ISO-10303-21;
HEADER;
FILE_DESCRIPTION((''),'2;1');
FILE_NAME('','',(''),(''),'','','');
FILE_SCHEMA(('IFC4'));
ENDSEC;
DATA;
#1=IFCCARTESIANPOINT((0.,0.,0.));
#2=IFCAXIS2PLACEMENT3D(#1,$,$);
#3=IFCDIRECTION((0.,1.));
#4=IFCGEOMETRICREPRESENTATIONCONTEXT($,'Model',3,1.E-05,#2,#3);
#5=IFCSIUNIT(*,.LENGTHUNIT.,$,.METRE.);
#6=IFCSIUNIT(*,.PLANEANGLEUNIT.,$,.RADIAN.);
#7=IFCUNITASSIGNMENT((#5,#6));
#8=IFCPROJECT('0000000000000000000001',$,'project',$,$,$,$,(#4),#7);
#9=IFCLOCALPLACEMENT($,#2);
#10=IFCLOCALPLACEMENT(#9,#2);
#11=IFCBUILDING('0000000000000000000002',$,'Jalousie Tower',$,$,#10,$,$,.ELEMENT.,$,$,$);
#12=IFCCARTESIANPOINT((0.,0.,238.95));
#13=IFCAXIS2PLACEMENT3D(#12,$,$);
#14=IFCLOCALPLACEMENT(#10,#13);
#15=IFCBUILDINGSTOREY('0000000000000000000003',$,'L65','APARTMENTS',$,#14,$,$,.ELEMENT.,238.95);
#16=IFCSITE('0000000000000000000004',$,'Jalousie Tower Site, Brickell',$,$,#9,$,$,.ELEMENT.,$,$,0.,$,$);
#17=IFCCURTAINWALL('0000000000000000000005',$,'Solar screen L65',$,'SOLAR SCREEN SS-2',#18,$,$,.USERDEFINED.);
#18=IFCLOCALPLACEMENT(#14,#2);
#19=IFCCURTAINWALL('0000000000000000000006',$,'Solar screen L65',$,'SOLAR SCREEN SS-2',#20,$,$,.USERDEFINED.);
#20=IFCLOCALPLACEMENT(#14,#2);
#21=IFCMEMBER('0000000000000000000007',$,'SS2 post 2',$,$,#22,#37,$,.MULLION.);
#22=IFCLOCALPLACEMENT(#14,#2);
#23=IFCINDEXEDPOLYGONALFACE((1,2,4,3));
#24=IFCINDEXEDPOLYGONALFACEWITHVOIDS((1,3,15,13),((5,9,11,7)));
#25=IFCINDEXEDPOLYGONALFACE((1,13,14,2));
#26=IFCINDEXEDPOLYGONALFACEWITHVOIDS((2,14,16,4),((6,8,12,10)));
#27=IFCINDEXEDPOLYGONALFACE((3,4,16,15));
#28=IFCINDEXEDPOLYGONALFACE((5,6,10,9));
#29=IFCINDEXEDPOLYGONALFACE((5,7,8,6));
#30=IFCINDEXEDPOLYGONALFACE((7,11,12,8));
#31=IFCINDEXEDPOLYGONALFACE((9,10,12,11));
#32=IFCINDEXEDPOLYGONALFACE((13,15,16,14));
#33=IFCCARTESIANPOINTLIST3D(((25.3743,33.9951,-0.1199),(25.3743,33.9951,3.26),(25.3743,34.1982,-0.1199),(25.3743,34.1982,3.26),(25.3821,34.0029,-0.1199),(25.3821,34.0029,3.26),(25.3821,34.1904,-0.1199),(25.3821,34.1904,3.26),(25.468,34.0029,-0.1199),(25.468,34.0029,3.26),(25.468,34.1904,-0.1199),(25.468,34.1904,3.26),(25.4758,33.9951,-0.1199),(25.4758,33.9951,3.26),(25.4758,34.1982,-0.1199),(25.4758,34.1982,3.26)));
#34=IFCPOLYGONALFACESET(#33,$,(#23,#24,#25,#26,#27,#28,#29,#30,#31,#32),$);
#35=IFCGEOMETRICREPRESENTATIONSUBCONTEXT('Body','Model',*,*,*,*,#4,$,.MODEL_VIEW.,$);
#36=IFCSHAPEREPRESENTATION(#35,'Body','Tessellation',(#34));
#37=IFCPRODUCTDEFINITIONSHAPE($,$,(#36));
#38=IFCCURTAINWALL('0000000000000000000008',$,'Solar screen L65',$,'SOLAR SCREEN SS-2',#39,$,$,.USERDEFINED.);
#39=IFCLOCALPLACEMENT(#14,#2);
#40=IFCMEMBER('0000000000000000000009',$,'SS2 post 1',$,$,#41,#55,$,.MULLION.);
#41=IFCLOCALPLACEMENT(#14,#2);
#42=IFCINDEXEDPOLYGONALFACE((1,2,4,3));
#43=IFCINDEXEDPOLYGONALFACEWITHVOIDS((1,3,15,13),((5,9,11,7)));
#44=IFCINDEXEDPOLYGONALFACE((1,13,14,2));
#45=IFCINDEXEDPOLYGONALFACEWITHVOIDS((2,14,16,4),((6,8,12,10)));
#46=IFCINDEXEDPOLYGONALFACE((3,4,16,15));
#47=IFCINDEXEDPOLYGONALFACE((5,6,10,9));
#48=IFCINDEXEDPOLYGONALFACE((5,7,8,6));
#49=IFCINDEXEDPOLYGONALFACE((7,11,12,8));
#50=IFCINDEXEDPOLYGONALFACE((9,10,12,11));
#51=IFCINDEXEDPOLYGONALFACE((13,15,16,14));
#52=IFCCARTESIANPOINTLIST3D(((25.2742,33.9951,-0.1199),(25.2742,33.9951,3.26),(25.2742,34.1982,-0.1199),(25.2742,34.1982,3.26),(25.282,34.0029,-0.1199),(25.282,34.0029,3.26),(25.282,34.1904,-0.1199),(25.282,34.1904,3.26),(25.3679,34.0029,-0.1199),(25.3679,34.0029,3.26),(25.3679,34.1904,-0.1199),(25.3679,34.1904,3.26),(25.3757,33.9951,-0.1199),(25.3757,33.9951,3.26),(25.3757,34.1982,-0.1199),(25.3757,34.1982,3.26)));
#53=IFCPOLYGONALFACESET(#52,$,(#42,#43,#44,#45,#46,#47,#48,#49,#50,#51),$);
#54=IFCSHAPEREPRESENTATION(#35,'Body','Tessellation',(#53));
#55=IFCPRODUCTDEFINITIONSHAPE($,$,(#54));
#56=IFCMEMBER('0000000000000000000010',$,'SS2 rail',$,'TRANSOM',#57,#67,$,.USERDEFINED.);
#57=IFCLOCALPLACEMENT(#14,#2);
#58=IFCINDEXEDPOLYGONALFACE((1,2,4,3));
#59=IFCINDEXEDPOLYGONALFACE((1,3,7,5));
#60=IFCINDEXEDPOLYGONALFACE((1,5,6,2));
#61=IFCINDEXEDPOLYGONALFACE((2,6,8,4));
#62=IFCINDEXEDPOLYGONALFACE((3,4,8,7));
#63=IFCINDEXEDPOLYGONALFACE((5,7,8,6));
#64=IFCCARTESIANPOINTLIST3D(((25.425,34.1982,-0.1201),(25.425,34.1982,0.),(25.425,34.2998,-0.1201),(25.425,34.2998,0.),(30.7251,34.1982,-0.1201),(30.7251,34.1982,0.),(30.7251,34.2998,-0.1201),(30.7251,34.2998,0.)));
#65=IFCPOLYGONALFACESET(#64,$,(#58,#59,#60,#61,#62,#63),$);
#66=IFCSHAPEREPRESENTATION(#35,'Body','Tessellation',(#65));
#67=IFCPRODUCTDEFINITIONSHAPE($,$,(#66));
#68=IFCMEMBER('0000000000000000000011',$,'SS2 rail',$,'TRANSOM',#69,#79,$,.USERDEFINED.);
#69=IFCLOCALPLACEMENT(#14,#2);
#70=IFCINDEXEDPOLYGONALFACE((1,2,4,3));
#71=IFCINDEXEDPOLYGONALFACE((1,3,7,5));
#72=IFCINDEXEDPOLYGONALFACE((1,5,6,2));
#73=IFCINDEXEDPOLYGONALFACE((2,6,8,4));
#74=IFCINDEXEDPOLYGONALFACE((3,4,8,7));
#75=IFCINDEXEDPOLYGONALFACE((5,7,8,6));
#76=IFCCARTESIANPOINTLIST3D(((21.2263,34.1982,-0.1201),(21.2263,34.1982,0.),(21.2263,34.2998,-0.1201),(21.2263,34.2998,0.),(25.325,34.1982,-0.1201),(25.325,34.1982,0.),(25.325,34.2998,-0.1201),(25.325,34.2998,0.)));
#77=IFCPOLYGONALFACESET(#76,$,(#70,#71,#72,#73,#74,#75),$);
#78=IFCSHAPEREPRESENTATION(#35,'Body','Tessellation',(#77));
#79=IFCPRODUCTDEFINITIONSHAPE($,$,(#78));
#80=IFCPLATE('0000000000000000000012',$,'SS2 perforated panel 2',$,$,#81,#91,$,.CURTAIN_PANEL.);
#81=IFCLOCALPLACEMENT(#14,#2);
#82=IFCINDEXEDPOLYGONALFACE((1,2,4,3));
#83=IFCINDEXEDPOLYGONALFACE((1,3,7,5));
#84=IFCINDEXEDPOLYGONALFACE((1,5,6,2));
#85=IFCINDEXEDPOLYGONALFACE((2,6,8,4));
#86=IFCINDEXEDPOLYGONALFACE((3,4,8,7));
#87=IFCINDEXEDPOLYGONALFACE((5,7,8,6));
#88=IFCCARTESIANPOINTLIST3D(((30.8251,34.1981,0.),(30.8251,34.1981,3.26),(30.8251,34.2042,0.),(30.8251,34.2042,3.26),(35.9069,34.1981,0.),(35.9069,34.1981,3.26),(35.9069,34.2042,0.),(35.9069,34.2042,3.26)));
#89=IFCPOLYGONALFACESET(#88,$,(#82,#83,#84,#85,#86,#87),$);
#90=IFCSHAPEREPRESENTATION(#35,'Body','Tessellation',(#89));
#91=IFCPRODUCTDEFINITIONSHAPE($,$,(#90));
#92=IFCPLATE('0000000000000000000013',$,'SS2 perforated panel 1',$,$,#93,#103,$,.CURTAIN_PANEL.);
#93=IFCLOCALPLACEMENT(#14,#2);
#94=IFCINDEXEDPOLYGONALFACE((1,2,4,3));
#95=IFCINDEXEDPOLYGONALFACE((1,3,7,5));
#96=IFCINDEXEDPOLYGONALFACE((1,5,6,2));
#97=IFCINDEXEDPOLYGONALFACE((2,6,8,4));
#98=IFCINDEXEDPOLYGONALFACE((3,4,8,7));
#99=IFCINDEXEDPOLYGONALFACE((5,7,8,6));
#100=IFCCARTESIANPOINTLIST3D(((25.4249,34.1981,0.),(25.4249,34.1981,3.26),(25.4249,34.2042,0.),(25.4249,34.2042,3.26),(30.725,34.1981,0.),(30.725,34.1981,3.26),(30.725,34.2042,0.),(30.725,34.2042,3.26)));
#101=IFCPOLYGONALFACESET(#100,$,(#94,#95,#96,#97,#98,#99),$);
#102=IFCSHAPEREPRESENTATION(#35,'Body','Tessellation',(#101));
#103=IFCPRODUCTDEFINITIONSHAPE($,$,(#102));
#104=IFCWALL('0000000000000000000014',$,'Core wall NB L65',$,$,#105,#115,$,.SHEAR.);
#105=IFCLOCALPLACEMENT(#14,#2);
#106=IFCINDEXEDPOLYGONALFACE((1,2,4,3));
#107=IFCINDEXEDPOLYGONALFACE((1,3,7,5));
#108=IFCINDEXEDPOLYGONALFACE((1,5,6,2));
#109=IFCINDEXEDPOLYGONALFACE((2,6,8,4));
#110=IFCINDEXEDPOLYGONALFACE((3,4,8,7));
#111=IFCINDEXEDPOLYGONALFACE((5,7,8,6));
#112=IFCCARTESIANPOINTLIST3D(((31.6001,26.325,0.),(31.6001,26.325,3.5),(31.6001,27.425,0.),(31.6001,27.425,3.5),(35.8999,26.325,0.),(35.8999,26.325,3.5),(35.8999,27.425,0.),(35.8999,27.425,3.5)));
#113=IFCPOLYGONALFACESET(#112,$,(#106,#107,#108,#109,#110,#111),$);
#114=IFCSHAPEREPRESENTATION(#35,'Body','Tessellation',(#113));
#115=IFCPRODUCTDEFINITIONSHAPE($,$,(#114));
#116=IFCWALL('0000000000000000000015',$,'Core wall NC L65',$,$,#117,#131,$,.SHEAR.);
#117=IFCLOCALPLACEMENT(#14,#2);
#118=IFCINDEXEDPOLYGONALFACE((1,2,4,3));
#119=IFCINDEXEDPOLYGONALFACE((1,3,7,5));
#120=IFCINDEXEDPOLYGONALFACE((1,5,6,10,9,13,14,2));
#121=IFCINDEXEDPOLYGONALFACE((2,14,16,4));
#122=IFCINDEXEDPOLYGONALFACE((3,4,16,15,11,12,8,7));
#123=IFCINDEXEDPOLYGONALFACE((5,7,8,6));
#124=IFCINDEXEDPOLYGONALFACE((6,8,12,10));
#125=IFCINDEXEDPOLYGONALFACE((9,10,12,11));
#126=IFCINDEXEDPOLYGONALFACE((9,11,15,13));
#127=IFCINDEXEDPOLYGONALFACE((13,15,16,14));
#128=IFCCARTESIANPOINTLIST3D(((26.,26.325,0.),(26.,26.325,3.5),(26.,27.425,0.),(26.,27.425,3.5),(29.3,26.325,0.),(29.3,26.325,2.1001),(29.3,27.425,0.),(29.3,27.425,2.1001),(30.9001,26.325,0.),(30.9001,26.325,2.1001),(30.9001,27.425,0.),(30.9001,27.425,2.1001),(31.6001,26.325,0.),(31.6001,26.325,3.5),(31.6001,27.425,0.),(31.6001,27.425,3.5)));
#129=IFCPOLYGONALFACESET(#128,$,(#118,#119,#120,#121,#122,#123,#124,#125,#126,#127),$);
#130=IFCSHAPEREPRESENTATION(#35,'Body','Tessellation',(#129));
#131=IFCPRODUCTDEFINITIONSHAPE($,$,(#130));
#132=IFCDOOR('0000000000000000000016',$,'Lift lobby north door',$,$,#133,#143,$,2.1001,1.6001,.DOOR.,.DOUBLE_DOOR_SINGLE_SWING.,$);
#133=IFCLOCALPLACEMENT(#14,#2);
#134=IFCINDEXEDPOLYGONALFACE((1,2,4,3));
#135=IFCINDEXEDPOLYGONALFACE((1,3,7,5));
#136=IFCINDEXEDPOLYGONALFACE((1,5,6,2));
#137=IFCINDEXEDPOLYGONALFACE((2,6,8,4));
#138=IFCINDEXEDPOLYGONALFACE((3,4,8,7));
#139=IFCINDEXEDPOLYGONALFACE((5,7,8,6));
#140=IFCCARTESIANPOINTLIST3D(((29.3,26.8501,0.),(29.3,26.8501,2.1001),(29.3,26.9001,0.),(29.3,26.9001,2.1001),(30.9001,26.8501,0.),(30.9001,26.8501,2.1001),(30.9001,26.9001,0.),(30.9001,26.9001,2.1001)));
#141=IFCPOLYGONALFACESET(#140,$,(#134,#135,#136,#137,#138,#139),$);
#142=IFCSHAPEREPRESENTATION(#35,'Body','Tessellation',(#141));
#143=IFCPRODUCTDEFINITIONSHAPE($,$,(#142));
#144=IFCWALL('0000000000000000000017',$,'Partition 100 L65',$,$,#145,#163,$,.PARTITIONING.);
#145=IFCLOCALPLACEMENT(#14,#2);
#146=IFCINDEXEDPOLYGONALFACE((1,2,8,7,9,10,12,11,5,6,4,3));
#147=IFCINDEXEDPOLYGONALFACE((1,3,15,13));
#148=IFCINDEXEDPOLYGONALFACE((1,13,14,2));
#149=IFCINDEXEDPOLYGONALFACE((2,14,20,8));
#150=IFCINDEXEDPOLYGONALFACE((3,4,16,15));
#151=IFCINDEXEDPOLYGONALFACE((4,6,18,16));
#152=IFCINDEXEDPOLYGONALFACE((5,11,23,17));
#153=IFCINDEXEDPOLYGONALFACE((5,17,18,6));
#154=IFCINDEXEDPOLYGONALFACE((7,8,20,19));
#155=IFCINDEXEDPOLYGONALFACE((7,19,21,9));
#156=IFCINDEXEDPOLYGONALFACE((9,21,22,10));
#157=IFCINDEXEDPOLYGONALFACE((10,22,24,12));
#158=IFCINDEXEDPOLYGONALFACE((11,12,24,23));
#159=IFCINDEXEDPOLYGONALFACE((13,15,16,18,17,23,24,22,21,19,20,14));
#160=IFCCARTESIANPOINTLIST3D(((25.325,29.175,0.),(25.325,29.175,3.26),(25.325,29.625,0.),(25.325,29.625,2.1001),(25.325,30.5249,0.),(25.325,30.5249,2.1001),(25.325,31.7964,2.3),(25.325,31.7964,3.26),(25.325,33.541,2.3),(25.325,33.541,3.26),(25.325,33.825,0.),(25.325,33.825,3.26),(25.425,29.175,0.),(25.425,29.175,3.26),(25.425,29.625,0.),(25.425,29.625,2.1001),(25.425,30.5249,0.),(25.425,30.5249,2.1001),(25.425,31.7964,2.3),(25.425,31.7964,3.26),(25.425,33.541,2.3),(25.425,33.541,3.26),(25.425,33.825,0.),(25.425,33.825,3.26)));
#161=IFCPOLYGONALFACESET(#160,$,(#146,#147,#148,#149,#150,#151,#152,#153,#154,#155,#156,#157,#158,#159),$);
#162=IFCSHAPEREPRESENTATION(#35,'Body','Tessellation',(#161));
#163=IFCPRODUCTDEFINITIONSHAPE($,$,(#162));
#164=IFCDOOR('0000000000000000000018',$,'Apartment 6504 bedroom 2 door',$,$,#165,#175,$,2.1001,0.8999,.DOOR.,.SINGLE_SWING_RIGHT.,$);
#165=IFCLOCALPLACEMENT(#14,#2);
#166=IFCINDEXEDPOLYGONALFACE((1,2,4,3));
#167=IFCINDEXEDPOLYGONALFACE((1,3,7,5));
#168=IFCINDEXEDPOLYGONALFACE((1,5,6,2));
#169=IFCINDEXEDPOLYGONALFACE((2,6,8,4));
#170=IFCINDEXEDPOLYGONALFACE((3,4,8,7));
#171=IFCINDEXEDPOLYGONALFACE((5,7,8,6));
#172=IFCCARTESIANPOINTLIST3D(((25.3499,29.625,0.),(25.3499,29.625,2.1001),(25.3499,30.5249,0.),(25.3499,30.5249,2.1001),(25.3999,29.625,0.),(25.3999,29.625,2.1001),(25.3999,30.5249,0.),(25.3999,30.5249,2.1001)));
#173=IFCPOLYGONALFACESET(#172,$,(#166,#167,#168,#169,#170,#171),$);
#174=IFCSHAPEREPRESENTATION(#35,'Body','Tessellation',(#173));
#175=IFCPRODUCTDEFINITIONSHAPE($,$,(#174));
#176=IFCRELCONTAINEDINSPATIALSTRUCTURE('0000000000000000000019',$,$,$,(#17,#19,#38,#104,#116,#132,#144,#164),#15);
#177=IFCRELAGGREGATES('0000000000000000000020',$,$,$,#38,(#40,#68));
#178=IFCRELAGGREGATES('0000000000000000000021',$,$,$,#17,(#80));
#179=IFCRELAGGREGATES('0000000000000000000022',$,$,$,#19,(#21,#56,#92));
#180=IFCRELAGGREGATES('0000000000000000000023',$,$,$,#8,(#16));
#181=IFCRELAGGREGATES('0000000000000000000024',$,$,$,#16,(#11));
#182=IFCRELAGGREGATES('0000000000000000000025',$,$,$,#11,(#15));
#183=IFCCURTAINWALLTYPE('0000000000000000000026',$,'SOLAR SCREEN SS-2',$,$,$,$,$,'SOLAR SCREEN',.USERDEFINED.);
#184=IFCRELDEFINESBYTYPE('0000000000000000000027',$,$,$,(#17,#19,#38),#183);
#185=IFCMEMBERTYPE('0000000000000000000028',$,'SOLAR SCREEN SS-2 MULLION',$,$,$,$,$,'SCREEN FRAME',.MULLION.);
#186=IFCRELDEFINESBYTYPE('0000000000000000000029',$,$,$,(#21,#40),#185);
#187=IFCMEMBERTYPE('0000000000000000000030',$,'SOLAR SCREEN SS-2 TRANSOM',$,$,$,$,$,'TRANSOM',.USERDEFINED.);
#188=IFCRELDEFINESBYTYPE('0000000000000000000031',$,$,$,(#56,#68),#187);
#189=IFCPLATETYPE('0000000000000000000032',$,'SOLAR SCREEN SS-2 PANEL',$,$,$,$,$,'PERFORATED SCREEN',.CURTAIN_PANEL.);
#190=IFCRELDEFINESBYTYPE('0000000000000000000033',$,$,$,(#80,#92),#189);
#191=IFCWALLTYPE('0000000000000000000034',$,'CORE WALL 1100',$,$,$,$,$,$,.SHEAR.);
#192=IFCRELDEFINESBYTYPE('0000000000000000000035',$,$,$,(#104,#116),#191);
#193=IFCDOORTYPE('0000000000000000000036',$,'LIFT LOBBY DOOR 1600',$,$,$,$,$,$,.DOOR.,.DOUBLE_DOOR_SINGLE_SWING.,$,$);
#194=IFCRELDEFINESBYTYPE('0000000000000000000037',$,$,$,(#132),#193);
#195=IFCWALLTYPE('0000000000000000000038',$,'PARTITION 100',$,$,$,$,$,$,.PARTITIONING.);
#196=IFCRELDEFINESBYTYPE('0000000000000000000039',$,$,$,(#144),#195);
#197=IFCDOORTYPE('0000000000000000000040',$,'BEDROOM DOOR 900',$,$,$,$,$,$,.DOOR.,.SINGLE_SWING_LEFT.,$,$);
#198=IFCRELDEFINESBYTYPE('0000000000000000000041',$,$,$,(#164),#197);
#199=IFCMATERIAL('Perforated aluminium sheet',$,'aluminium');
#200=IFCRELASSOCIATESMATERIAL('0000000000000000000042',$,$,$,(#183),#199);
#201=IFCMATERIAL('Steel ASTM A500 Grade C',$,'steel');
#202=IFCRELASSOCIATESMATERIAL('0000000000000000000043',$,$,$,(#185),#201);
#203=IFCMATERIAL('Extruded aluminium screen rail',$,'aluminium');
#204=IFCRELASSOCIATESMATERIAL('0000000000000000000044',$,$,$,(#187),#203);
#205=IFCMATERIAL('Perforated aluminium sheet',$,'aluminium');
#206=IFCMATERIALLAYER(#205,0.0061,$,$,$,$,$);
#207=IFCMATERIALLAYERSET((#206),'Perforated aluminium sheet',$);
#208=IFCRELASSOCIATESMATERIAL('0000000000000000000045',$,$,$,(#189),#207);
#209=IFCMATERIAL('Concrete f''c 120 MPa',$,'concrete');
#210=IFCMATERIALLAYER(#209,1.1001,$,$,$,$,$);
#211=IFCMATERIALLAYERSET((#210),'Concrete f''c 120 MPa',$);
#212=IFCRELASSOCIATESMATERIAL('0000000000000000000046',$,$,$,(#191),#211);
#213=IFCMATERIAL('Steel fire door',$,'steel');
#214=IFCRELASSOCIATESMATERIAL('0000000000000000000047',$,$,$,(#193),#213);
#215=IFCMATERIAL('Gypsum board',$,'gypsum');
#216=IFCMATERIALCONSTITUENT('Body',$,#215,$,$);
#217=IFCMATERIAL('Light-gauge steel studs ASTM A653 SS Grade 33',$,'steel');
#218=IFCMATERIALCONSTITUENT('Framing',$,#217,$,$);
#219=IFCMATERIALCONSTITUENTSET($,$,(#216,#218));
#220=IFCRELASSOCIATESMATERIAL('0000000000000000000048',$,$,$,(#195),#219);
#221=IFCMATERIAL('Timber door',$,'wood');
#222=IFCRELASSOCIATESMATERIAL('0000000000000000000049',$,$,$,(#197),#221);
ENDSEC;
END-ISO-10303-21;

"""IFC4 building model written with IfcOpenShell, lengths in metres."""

from ifc_helpers import new_model, si_unit, direction, frame, frame_2d, origin, origin_2d, place, context, subcontext, project, spatial, polyline, rectangle, hollow_rectangle, outline, extrude, material, layer, layer_set, constituent, constituent_set, material_profile, profile_set, type_object, element, fill, aggregate, save


model = new_model("IFC4")

# Units and contexts
model_context = context("Model", 3, precision=1e-05, world=origin(), true_north=direction((0.0, 1.0)))
body_context = subcontext(model_context, "Body", "Model", "MODEL_VIEW")
ifc_project = project(units=[si_unit("LENGTHUNIT", "METRE"), si_unit("PLANEANGLEUNIT", "RADIAN")], contexts=[model_context])

# Site, building, storey
site_placement = place(None, origin())
site = spatial("IfcSite", under=ifc_project, at=site_placement, Name="Jalousie Tower Site, Brickell", CompositionType="ELEMENT", RefElevation=0.0)
building_placement = place(site_placement, origin())
building = spatial("IfcBuilding", under=site, at=building_placement, Name="Jalousie Tower", CompositionType="ELEMENT")
storey_placement = place(building_placement, frame((0.0, 0.0, 238.95)))
storey = spatial("IfcBuildingStorey", under=building, at=storey_placement, Name="L65", Description="APARTMENTS", CompositionType="ELEMENT", Elevation=238.95)

# Curtain walls, member
ifc_material_1 = material(Name="Perforated aluminium sheet", Category="aluminium")
curtain_wall_type = type_object("IfcCurtainWallType", Name="SOLAR SCREEN SS-2", ElementType="SOLAR SCREEN", PredefinedType="USERDEFINED", material=ifc_material_1)
curtain_wall_1_placement = place(storey_placement, origin())
curtain_wall_1 = element("IfcCurtainWall", 1, at=curtain_wall_1_placement, inside=storey, type_object=curtain_wall_type, Name="Solar screen L65", ObjectType="SOLAR SCREEN SS-2", PredefinedType="USERDEFINED")
ifc_material_2 = material(Name="Steel ASTM A500 Grade C", Category="steel")
ifc_material_profile_1 = material_profile(ifc_material_2, hollow_rectangle(XDim=0.1016, YDim=0.2031, WallThickness=0.0078, at=origin_2d()), Name="HSS8X4X5/16")
ifc_profile_set_1 = profile_set([ifc_material_profile_1], Name="Steel ASTM A500 Grade C")
member_type_1 = type_object("IfcMemberType", Name="SOLAR SCREEN SS-2 MULLION", ElementType="SCREEN FRAME", PredefinedType="MULLION", material=ifc_profile_set_1)
curtain_wall_2_placement = place(storey_placement, origin())
curtain_wall_2 = element("IfcCurtainWall", 2, at=curtain_wall_2_placement, inside=storey, type_object=curtain_wall_type, Name="Solar screen L65", ObjectType="SOLAR SCREEN SS-2", PredefinedType="USERDEFINED")
member_1_placement = place(storey_placement, frame((25.425, 34.0967, -0.1199), z_axis=(0.0, 0.0, 1.0), x_axis=(-1.0, 0.0, 0.0)))
member_1 = element("IfcMember", 3, at=member_1_placement, type_object=member_type_1, Name="SS2 post 2", PredefinedType="MULLION", context=body_context, shape_type="SweptSolid", body=[
    extrude(hollow_rectangle(XDim=0.1016, YDim=0.2031, WallThickness=0.0078, at=origin_2d()), origin(), (0.0, 0.0, 1.0), 3.3799),
])

# Curtain wall, member
curtain_wall_3_placement = place(storey_placement, origin())
curtain_wall_3 = element("IfcCurtainWall", 4, at=curtain_wall_3_placement, inside=storey, type_object=curtain_wall_type, Name="Solar screen L65", ObjectType="SOLAR SCREEN SS-2", PredefinedType="USERDEFINED")
member_2_placement = place(storey_placement, frame((25.325, 34.0967, -0.1199), z_axis=(0.0, 0.0, 1.0), x_axis=(-1.0, 0.0, 0.0)))
member_2 = element("IfcMember", 5, at=member_2_placement, type_object=member_type_1, Name="SS2 post 1", PredefinedType="MULLION", context=body_context, shape_type="SweptSolid", body=[
    extrude(hollow_rectangle(XDim=0.1016, YDim=0.2031, WallThickness=0.0078, at=origin_2d()), origin(), (0.0, 0.0, 1.0), 3.3799),
])

# Members
ifc_material_3 = material(Name="Extruded aluminium screen rail", Category="aluminium")
ifc_material_profile_2 = material_profile(ifc_material_3, rectangle(XDim=0.1016, YDim=0.1201, at=origin_2d()), Name="RAIL 102x120")
ifc_profile_set_2 = profile_set([ifc_material_profile_2], Name="Extruded aluminium screen rail")
member_type_2 = type_object("IfcMemberType", Name="SOLAR SCREEN SS-2 TRANSOM", ElementType="TRANSOM", PredefinedType="USERDEFINED", material=ifc_profile_set_2)
member_3_placement = place(storey_placement, frame((30.7251, 34.249, -0.0601), z_axis=(-1.0, 0.0, 0.0), x_axis=(0.0, -1.0, 0.0)))
member_3 = element("IfcMember", 6, at=member_3_placement, type_object=member_type_2, Name="SS2 rail", ObjectType="TRANSOM", PredefinedType="USERDEFINED", context=body_context, shape_type="SweptSolid", body=[
    extrude(rectangle(XDim=0.1016, YDim=0.1201, at=origin_2d()), origin(), (0.0, 0.0, 1.0), 5.3),
])
member_4_placement = place(storey_placement, frame((25.325, 34.249, -0.0601), z_axis=(-1.0, 0.0, 0.0), x_axis=(0.0, -1.0, 0.0)))
member_4 = element("IfcMember", 7, at=member_4_placement, type_object=member_type_2, Name="SS2 rail", ObjectType="TRANSOM", PredefinedType="USERDEFINED", context=body_context, shape_type="SweptSolid", body=[
    extrude(rectangle(XDim=0.1016, YDim=0.1201, at=origin_2d()), origin(), (0.0, 0.0, 1.0), 4.0986),
])
aggregate(curtain_wall_3, [member_2, member_4])

# Plates
ifc_material_4 = material(Name="Perforated aluminium sheet", Category="aluminium")
ifc_layer_1 = layer(ifc_material_4, 0.0061)
ifc_layer_set_1 = layer_set([ifc_layer_1], Name="Perforated aluminium sheet")
plate_type = type_object("IfcPlateType", Name="SOLAR SCREEN SS-2 PANEL", ElementType="PERFORATED SCREEN", PredefinedType="CURTAIN_PANEL", material=ifc_layer_set_1)
plate_1_placement = place(storey_placement, frame((33.366, 34.2012, 0.0), z_axis=(0.0, 0.0, 1.0), x_axis=(-1.0, 0.0, 0.0)))
plate_1 = element("IfcPlate", 8, at=plate_1_placement, type_object=plate_type, Name="SS2 perforated panel 2", PredefinedType="CURTAIN_PANEL", context=body_context, shape_type="SweptSolid", body=[
    extrude(rectangle(XDim=5.0818, YDim=0.0061, at=origin_2d()), origin(), (0.0, 0.0, 1.0), 3.26),
])
aggregate(curtain_wall_1, [plate_1])
plate_2_placement = place(storey_placement, frame((28.075, 34.2012, 0.0), z_axis=(0.0, 0.0, 1.0), x_axis=(-1.0, 0.0, 0.0)))
plate_2 = element("IfcPlate", 9, at=plate_2_placement, type_object=plate_type, Name="SS2 perforated panel 1", PredefinedType="CURTAIN_PANEL", context=body_context, shape_type="SweptSolid", body=[
    extrude(rectangle(XDim=5.3, YDim=0.0061, at=origin_2d()), origin(), (0.0, 0.0, 1.0), 3.26),
])
aggregate(curtain_wall_2, [member_1, member_3, plate_2])

# Wall
ifc_material_5 = material(Name="Concrete f'c 120 MPa", Category="concrete")
ifc_layer_2 = layer(ifc_material_5, 1.1001)
ifc_layer_set_2 = layer_set([ifc_layer_2], Name="Concrete f'c 120 MPa")
wall_type_1 = type_object("IfcWallType", Name="CORE WALL 1100", PredefinedType="SHEAR", material=ifc_layer_set_2)
wall_1_placement = place(storey_placement, frame((35.8999, 26.875, 0.0), z_axis=(0.0, 0.0, 1.0), x_axis=(-1.0, 0.0, 0.0)))
element("IfcWall", 10, at=wall_1_placement, inside=storey, type_object=wall_type_1, Name="Core wall NB L65", PredefinedType="SHEAR", context=body_context, shape_type="SweptSolid", body=[
    extrude(rectangle(XDim=4.2998, YDim=1.1001, at=frame_2d((2.1499, 0.0))), origin(), (0.0, 0.0, 1.0), 3.5),
])

# Walls, openings, doors
wall_2_placement = place(storey_placement, frame((31.6001, 26.875, 0.0), z_axis=(0.0, 0.0, 1.0), x_axis=(-1.0, 0.0, 0.0)))
wall_2 = element("IfcWall", 11, at=wall_2_placement, inside=storey, type_object=wall_type_1, Name="Core wall NC L65", PredefinedType="SHEAR", context=body_context, shape_type="SweptSolid", body=[
    extrude(rectangle(XDim=5.6001, YDim=1.1001, at=frame_2d((2.8, 0.0))), origin(), (0.0, 0.0, 1.0), 3.5),
])
opening_1_placement = place(wall_2_placement, frame((0.7, 0.0, 0.0)))
opening_1 = element("IfcOpeningElement", 12, at=opening_1_placement, cuts=wall_2, PredefinedType="OPENING", context=body_context, shape_type="SweptSolid", body=[
    extrude(rectangle(XDim=1.6001, YDim=2.1001, at=frame_2d((0.8, 1.05))), frame((0.0, 0.5601, 0.0), z_axis=(0.0, -1.0, 0.0), x_axis=(1.0, 0.0, 0.0)), (0.0, 0.0, 1.0), 1.1201),
])
ifc_material_6 = material(Name="Steel fire door", Category="steel")
door_type_1 = type_object("IfcDoorType", Name="LIFT LOBBY DOOR 1600", OperationType="DOUBLE_DOOR_SINGLE_SWING", PredefinedType="DOOR", material=ifc_material_6)
door_1_placement = place(opening_1_placement, origin())
door_1 = element("IfcDoor", 13, at=door_1_placement, inside=storey, type_object=door_type_1, Name="Lift lobby north door", OperationType="DOUBLE_DOOR_SINGLE_SWING", OverallHeight=2.1001, OverallWidth=1.6001, PredefinedType="DOOR", context=body_context, shape_type="SweptSolid", body=[
    extrude(rectangle(XDim=1.6001, YDim=2.1001, at=frame_2d((0.8, 1.05))), frame((0.0, 0.0249, 0.0), z_axis=(0.0, -1.0, 0.0), x_axis=(1.0, 0.0, 0.0)), (0.0, 0.0, 1.0), 0.05),
])
fill(opening_1, door_1)
ifc_material_7 = material(Name="Gypsum board", Category="gypsum")
ifc_constituent_1 = constituent(ifc_material_7, Name="Body")
ifc_material_8 = material(Name="Light-gauge steel studs ASTM A653 SS Grade 33", Category="steel")
ifc_constituent_2 = constituent(ifc_material_8, Name="Framing")
ifc_constituent_set = constituent_set(constituents=[ifc_constituent_1, ifc_constituent_2])
wall_type_2 = type_object("IfcWallType", Name="PARTITION 100", PredefinedType="PARTITIONING", material=ifc_constituent_set)
wall_3_placement = place(storey_placement, frame((25.375, 33.825, 0.0), z_axis=(0.0, 0.0, 1.0), x_axis=(0.0, -1.0, 0.0)))
wall_3 = element("IfcWall", 14, at=wall_3_placement, inside=storey, type_object=wall_type_2, Name="Partition 100 L65", PredefinedType="PARTITIONING", context=body_context, shape_type="SweptSolid", body=[
    extrude(outline(polyline([(0.0, 0.0), (4.6499, 0.0), (4.6499, 3.26), (2.0286, 3.26), (2.0286, 2.3), (0.2839, 2.3), (0.2839, 3.26), (0.0, 3.26), (0.0, 0.0)])), frame((0.0, 0.05, 0.0), z_axis=(0.0, -1.0, 0.0), x_axis=(1.0, 0.0, 0.0)), (0.0, 0.0, 1.0), 0.1001),
])
opening_2_placement = place(wall_3_placement, frame((3.3, 0.0, 0.0)))
opening_2 = element("IfcOpeningElement", 15, at=opening_2_placement, cuts=wall_3, PredefinedType="OPENING", context=body_context, shape_type="SweptSolid", body=[
    extrude(rectangle(XDim=0.8999, YDim=2.1001, at=frame_2d((0.45, 1.05))), frame((0.0, 0.0601, 0.0), z_axis=(0.0, -1.0, 0.0), x_axis=(1.0, 0.0, 0.0)), (0.0, 0.0, 1.0), 0.1201),
])
ifc_material_9 = material(Name="Timber door", Category="wood")
door_type_2 = type_object("IfcDoorType", Name="BEDROOM DOOR 900", OperationType="SINGLE_SWING_LEFT", PredefinedType="DOOR", material=ifc_material_9)
door_2_placement = place(opening_2_placement, origin())
door_2 = element("IfcDoor", 16, at=door_2_placement, inside=storey, type_object=door_type_2, Name="Apartment 6504 bedroom 2 door", OperationType="SINGLE_SWING_RIGHT", OverallHeight=2.1001, OverallWidth=0.8999, PredefinedType="DOOR", context=body_context, shape_type="SweptSolid", body=[
    extrude(rectangle(XDim=0.8999, YDim=2.1001, at=frame_2d((0.45, 1.05))), frame((0.0, 0.0249, 0.0), z_axis=(0.0, -1.0, 0.0), x_axis=(1.0, 0.0, 0.0)), (0.0, 0.0, 1.0), 0.05),
])
fill(opening_2, door_2)

save(model, "model.ifc")
